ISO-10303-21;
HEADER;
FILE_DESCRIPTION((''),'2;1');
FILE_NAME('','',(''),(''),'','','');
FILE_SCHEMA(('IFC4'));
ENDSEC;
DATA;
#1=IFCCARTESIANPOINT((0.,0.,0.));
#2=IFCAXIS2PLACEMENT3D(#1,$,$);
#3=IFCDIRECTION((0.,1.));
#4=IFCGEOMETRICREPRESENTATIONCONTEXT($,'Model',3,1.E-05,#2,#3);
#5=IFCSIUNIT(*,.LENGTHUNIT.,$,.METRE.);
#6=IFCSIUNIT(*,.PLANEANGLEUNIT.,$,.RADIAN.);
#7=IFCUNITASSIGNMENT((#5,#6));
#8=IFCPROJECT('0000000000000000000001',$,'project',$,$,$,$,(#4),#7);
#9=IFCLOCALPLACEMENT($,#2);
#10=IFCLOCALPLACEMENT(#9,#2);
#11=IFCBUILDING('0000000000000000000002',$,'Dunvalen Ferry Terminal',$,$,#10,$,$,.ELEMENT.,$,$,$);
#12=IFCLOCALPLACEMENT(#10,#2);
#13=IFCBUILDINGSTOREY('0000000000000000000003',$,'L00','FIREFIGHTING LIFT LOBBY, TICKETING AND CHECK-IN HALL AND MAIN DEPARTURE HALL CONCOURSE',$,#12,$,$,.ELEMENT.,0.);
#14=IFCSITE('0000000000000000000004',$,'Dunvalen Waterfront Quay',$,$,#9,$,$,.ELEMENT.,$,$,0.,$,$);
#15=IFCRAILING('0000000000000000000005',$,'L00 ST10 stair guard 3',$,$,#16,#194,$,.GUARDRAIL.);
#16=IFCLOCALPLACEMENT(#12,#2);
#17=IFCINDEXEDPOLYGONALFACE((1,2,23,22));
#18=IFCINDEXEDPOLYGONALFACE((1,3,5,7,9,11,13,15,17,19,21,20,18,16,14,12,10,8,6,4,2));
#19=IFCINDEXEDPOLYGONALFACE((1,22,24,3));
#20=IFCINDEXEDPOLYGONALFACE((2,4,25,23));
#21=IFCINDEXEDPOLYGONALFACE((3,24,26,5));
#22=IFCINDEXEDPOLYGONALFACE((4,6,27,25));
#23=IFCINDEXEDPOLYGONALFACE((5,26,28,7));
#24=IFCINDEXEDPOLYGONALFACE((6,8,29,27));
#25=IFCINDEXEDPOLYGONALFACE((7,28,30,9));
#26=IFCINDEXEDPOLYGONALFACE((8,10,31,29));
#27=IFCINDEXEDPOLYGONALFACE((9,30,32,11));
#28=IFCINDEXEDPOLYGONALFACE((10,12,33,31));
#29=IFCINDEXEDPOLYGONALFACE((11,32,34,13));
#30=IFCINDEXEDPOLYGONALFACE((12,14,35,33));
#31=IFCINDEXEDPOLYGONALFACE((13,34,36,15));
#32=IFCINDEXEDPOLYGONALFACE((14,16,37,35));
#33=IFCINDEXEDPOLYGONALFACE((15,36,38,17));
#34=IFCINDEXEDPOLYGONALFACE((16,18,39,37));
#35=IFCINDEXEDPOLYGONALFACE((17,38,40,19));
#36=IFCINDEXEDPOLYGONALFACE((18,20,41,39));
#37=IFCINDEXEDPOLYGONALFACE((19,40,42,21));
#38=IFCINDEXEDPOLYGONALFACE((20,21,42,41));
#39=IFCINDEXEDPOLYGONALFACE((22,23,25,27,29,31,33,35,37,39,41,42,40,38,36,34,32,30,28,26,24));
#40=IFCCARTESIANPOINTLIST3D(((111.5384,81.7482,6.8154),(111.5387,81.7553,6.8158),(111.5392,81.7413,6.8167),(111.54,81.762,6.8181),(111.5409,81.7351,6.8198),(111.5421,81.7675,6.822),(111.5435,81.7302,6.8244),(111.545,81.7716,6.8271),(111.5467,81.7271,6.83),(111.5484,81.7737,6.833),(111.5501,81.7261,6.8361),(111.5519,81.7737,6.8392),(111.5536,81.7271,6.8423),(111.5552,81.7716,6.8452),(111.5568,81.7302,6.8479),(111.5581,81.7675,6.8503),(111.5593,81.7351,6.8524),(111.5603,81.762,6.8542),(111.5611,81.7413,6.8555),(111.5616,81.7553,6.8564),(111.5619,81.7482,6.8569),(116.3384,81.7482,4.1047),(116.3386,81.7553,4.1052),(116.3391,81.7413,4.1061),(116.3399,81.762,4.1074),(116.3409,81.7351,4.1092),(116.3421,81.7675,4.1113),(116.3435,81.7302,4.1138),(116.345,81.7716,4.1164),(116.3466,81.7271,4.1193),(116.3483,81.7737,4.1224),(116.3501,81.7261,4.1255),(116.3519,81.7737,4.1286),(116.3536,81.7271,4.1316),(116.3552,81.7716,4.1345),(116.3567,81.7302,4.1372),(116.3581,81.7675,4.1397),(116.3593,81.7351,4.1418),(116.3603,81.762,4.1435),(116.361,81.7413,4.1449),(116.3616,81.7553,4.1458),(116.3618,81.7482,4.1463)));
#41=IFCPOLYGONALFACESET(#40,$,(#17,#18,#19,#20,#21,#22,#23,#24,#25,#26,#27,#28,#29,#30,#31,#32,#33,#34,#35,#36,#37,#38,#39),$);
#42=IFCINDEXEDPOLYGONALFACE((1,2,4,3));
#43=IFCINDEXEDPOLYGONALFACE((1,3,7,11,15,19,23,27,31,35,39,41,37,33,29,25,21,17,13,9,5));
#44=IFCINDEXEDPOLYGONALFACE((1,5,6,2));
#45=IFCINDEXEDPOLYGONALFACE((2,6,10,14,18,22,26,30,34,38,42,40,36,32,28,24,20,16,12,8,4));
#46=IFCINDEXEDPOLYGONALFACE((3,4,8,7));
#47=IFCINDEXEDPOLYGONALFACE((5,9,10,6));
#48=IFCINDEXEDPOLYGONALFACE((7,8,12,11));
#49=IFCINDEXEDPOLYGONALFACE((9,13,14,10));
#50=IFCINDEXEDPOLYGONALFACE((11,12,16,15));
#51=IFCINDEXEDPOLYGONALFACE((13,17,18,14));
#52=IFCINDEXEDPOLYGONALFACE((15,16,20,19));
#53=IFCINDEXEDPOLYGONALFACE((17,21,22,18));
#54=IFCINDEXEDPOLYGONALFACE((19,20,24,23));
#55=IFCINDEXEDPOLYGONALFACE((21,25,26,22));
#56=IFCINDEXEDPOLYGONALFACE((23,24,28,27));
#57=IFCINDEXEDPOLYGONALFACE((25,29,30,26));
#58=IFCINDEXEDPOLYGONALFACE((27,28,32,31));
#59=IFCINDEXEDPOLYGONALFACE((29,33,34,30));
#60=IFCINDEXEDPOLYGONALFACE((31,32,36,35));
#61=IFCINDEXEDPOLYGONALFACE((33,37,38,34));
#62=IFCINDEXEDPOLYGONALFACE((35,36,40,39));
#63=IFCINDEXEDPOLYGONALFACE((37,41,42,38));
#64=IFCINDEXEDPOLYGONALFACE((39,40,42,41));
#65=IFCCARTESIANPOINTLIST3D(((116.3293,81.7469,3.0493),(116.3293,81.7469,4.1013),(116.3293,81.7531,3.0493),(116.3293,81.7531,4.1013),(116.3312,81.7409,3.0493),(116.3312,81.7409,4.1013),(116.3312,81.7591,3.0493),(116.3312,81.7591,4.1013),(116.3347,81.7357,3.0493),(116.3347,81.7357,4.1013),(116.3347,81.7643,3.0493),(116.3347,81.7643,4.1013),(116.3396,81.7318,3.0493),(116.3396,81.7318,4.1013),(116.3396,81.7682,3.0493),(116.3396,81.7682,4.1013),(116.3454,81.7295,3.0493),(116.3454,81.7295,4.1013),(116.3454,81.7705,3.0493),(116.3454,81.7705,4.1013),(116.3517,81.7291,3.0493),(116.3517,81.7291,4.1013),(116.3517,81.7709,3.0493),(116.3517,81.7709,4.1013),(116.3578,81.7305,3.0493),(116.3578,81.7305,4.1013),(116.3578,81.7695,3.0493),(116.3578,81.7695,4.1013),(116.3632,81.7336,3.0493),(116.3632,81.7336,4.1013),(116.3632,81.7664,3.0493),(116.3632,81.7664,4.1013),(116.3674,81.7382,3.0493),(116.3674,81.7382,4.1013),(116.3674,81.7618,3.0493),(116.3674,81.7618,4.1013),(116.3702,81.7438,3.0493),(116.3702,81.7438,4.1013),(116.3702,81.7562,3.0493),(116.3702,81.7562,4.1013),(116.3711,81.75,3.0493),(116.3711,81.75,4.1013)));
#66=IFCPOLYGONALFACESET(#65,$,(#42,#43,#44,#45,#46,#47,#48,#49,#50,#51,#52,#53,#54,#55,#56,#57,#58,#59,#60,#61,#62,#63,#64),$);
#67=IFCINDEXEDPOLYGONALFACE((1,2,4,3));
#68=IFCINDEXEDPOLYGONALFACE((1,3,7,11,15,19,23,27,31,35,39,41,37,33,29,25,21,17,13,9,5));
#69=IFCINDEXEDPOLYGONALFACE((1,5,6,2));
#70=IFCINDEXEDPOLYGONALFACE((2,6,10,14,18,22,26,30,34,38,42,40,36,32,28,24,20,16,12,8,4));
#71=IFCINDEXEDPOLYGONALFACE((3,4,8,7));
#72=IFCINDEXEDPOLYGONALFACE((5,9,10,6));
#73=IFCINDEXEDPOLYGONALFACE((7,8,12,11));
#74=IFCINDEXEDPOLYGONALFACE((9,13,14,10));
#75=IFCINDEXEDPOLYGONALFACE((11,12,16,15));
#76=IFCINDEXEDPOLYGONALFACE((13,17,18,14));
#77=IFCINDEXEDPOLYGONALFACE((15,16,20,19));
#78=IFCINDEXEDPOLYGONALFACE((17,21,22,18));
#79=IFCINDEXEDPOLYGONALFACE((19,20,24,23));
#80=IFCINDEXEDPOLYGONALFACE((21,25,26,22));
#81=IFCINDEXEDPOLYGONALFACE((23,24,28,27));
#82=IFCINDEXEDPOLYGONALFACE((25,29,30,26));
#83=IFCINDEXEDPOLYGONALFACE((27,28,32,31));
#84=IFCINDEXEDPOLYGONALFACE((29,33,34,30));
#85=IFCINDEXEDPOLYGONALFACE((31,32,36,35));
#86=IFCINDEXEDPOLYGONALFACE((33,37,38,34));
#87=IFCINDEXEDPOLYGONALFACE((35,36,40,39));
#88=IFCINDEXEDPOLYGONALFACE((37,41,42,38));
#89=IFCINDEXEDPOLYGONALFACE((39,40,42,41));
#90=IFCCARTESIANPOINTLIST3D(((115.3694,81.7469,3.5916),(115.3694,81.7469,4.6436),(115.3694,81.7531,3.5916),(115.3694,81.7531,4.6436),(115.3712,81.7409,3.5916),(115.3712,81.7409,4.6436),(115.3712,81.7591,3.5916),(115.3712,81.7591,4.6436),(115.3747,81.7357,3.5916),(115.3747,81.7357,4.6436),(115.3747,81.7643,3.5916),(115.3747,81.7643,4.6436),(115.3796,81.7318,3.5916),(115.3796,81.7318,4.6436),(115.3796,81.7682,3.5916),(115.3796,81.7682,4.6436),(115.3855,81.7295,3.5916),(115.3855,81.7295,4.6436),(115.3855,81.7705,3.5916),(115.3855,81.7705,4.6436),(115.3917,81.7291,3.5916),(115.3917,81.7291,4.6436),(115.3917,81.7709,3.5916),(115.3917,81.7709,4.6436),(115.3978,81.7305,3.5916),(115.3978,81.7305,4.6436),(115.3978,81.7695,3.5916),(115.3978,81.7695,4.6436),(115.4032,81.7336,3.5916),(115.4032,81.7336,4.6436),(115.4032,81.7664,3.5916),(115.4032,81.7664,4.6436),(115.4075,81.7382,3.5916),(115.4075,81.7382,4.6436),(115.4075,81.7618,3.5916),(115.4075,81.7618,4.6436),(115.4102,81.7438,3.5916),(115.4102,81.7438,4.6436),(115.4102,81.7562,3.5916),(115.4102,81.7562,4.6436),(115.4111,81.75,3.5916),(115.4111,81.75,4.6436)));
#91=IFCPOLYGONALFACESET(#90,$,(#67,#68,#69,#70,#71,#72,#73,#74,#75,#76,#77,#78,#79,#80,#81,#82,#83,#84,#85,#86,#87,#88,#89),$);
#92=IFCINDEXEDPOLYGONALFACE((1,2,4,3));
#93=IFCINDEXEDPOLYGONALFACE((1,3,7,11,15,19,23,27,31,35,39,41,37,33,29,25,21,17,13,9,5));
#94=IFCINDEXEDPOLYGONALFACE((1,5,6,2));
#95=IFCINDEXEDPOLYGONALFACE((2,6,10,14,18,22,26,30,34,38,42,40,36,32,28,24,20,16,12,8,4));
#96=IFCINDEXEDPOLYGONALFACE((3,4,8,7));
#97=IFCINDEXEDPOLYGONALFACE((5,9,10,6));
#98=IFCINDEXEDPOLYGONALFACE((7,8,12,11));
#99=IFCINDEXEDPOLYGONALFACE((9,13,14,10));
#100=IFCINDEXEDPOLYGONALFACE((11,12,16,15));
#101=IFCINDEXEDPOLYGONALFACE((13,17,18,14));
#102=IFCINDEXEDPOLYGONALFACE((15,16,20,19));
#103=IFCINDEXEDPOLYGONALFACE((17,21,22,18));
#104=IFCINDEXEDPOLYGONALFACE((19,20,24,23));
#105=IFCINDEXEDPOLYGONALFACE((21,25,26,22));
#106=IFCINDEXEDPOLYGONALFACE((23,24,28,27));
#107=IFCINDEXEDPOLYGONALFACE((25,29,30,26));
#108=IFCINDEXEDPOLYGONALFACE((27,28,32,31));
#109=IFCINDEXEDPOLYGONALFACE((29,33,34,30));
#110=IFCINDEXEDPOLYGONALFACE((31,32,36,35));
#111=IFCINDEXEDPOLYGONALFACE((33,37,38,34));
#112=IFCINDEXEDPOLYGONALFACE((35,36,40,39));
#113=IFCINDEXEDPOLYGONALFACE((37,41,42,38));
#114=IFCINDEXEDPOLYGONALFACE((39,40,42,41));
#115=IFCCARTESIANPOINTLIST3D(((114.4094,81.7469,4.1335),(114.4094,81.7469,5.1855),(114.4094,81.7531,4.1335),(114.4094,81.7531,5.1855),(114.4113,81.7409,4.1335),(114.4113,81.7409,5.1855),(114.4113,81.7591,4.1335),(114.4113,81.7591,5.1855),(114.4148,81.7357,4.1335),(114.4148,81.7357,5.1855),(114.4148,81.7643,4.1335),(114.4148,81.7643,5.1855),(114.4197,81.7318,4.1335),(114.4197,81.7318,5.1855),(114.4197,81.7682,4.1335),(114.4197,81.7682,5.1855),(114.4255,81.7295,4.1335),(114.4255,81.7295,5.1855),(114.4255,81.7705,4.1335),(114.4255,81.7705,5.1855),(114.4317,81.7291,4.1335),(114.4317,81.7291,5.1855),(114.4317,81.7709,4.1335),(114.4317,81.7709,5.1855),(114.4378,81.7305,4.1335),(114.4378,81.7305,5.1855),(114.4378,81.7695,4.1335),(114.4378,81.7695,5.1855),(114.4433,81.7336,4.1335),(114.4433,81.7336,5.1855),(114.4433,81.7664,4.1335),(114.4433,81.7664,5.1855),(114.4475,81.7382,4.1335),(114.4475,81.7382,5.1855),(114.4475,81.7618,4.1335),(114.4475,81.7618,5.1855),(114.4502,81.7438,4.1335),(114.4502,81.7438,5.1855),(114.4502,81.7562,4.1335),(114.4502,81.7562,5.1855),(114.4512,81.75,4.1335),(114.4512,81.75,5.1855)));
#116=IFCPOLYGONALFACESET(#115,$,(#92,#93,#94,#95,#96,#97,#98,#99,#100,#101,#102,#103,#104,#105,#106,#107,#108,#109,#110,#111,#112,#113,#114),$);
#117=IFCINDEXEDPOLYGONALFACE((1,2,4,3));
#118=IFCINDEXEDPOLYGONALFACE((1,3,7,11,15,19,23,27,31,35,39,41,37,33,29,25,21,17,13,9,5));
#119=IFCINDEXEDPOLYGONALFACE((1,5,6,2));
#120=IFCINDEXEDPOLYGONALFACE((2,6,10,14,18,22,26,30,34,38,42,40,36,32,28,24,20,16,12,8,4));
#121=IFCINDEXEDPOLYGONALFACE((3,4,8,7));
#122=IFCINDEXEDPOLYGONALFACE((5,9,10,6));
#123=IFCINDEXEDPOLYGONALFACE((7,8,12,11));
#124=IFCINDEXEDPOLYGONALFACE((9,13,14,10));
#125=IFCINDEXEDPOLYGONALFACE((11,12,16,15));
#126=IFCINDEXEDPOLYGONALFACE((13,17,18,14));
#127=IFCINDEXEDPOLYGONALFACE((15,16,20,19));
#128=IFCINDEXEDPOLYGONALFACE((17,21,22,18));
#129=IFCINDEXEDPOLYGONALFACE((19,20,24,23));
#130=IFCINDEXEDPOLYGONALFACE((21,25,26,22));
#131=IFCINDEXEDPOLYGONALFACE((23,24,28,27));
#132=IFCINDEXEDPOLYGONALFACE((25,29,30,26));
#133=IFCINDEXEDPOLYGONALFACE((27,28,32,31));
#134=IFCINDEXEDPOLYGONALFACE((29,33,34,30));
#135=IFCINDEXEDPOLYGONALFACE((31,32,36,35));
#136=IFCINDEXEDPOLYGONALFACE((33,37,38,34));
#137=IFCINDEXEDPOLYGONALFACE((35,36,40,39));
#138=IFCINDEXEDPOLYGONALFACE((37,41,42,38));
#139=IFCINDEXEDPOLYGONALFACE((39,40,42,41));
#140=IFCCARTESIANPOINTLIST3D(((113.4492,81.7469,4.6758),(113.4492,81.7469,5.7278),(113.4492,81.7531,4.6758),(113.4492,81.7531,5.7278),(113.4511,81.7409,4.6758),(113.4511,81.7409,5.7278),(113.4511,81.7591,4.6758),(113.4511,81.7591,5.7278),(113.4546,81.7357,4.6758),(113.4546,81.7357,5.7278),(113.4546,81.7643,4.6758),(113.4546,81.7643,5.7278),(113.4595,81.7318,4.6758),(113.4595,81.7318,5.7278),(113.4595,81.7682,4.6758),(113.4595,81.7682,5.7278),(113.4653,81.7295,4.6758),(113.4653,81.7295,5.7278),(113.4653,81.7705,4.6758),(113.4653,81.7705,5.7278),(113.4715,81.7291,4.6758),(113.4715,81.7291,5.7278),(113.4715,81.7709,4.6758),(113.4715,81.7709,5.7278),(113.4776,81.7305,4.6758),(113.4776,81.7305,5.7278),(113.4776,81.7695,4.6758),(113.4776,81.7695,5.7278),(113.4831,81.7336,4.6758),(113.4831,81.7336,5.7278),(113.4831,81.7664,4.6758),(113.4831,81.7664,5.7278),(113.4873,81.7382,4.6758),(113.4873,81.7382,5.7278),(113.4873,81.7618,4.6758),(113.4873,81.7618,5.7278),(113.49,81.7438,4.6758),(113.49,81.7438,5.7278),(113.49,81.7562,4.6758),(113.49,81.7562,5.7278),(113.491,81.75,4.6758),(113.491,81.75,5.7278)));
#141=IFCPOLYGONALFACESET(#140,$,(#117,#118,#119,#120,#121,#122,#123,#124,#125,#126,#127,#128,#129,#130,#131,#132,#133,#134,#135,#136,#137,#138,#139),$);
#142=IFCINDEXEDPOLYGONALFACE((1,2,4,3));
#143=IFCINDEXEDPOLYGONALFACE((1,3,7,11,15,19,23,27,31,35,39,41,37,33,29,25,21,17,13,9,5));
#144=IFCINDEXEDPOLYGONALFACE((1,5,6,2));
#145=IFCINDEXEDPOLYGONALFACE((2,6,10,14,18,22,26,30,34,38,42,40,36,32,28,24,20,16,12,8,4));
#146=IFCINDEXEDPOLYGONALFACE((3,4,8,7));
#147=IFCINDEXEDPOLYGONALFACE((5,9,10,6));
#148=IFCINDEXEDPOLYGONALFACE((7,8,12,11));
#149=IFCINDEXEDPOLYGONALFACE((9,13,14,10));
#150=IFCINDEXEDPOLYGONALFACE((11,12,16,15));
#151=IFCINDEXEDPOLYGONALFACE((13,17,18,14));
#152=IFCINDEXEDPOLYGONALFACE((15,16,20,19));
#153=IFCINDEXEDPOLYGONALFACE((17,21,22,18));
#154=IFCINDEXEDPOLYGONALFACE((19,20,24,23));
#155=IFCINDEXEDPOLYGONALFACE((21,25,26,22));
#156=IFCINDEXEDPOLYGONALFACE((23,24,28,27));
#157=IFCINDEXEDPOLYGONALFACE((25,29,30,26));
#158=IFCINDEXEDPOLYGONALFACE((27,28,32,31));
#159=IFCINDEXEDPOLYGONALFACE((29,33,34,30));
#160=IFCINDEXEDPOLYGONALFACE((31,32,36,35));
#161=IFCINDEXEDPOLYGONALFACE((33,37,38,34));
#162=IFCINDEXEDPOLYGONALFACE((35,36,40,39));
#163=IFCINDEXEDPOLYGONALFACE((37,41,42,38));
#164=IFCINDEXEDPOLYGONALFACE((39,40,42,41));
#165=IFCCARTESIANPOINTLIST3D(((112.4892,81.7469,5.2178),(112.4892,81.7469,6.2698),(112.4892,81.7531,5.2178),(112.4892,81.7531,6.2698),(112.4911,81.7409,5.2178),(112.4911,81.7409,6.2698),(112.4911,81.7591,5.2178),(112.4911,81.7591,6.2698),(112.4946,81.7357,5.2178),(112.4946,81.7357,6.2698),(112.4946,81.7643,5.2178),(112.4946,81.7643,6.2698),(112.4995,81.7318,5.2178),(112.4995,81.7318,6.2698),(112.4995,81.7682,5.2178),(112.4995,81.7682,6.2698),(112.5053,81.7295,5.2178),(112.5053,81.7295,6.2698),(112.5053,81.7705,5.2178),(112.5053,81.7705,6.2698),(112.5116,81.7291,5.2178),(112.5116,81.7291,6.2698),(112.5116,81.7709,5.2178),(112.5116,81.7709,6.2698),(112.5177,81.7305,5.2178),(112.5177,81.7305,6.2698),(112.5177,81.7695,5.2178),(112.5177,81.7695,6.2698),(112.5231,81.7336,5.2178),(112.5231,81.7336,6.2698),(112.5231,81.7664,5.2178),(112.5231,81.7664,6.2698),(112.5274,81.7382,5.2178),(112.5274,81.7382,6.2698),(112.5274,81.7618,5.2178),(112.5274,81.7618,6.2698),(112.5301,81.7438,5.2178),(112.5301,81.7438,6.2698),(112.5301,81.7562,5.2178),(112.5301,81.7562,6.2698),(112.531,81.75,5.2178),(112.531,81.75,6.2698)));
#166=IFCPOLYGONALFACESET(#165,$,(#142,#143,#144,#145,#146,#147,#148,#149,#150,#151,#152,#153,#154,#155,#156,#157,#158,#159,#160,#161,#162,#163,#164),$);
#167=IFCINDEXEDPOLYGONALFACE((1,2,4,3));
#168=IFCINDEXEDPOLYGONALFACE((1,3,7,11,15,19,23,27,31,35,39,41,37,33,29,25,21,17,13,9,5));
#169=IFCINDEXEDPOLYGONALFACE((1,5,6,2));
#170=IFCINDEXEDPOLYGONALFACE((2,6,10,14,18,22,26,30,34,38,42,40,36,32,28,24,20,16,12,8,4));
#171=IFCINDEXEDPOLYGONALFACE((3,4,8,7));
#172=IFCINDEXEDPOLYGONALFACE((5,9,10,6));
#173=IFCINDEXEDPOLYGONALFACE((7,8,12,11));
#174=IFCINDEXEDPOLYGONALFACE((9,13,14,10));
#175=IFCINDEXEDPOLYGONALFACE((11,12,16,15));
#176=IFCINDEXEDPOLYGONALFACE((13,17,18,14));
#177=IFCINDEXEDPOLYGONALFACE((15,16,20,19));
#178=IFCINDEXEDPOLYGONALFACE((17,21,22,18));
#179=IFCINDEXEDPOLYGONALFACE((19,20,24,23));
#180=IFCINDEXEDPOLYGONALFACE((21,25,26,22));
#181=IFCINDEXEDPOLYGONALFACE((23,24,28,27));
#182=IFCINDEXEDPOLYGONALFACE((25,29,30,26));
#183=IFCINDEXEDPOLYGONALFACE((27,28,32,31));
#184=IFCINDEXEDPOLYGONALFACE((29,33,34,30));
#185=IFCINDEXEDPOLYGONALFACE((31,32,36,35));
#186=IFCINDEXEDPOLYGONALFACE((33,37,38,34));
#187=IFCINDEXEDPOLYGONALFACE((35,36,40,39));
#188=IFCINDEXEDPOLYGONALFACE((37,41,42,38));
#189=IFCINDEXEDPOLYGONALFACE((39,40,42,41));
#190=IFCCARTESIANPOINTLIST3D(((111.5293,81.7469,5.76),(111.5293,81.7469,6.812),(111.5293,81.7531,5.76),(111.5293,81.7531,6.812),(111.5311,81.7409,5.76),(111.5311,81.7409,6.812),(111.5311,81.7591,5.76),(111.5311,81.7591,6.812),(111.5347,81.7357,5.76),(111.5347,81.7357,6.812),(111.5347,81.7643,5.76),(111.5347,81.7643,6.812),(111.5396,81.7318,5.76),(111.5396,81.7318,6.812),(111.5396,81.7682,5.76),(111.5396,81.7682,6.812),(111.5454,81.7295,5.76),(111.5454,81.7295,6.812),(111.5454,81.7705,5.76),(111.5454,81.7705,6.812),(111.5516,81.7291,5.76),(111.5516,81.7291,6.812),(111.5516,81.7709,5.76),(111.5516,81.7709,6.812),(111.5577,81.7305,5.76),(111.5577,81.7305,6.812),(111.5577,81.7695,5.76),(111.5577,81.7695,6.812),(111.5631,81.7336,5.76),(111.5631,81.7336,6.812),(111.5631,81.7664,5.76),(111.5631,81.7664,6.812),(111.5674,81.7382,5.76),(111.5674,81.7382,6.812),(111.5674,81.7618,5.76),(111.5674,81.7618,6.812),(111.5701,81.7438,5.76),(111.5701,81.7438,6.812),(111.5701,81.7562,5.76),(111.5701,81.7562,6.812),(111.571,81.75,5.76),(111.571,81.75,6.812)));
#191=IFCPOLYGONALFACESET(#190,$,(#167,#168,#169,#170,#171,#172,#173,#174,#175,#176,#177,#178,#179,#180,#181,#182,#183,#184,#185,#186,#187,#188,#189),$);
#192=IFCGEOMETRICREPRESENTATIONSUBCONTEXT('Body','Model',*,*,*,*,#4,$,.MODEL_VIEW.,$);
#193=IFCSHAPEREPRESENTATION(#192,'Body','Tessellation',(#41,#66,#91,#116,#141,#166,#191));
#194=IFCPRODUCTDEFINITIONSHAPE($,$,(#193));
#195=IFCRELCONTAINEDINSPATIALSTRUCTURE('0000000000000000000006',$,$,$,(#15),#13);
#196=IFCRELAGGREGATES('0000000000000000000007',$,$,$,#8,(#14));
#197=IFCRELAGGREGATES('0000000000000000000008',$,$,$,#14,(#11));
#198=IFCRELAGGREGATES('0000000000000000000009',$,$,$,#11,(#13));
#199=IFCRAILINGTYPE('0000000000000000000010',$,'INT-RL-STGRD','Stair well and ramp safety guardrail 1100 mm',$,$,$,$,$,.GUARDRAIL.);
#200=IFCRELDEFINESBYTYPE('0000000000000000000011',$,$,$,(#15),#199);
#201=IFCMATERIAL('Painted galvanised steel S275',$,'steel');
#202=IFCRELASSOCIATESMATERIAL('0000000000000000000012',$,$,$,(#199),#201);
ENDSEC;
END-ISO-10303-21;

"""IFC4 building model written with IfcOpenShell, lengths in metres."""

from ifc_helpers import new_model, si_unit, direction, frame, origin, origin_2d, place, context, subcontext, project, spatial, circle, extrude, material, type_object, element, save


model = new_model("IFC4")

# Units and contexts
model_context = context("Model", 3, precision=1e-05, world=origin(), true_north=direction((0.0, 1.0)))
body_context = subcontext(model_context, "Body", "Model", "MODEL_VIEW")
ifc_project = project(units=[si_unit("LENGTHUNIT", "METRE"), si_unit("PLANEANGLEUNIT", "RADIAN")], contexts=[model_context])

# Site, building, storey
site_placement = place(None, origin())
site = spatial("IfcSite", under=ifc_project, at=site_placement, Name="Dunvalen Waterfront Quay", CompositionType="ELEMENT", RefElevation=0.0)
building_placement = place(site_placement, origin())
building = spatial("IfcBuilding", under=site, at=building_placement, Name="Dunvalen Ferry Terminal", CompositionType="ELEMENT")
storey_placement = place(building_placement, origin())
storey = spatial("IfcBuildingStorey", under=building, at=storey_placement, Name="L00", Description="FIREFIGHTING LIFT LOBBY, TICKETING AND CHECK-IN HALL AND MAIN DEPARTURE HALL CONCOURSE", CompositionType="ELEMENT", Elevation=0.0)

# Railing
ifc_material_1 = material(Name="Painted galvanised steel S275", Category="steel")
railing_type_1 = type_object("IfcRailingType", Name="INT-RL-STGRD", Description="Stair well and ramp safety guardrail 1100 mm", PredefinedType="GUARDRAIL", material=ifc_material_1)
railing_1_placement = place(storey_placement, frame((116.3501, 81.75, 3.0493)))
element("IfcRailing", 1, at=railing_1_placement, inside=storey, type_object=railing_type_1, Name="L00 ST10 stair guard 3", PredefinedType="GUARDRAIL", context=body_context, shape_type="SweptSolid", body=[
    extrude(circle(Radius=0.0239, at=origin_2d()), frame((0.0, 0.0, 1.0762), z_axis=(-0.870748, 0.0, 0.49173), x_axis=(0.0, -1.0, 0.0)), (0.0, 0.0, 1.0), 5.5125),
    extrude(circle(Radius=0.021, at=origin_2d()), origin(), (0.0, 0.0, 1.0), 1.052),
    extrude(circle(Radius=0.021, at=origin_2d()), frame((-0.96, 0.0, 0.5422)), (0.0, 0.0, 1.0), 1.052),
    extrude(circle(Radius=0.021, at=origin_2d()), frame((-1.9199, 0.0, 1.0842)), (0.0, 0.0, 1.0), 1.052),
    extrude(circle(Radius=0.021, at=origin_2d()), frame((-2.8801, 0.0, 1.6265)), (0.0, 0.0, 1.0), 1.052),
    extrude(circle(Radius=0.021, at=origin_2d()), frame((-3.8401, 0.0, 2.1685)), (0.0, 0.0, 1.0), 1.052),
    extrude(circle(Radius=0.021, at=origin_2d()), frame((-4.8, 0.0, 2.7107)), (0.0, 0.0, 1.0), 1.052),
])

save(model, "model.ifc")
